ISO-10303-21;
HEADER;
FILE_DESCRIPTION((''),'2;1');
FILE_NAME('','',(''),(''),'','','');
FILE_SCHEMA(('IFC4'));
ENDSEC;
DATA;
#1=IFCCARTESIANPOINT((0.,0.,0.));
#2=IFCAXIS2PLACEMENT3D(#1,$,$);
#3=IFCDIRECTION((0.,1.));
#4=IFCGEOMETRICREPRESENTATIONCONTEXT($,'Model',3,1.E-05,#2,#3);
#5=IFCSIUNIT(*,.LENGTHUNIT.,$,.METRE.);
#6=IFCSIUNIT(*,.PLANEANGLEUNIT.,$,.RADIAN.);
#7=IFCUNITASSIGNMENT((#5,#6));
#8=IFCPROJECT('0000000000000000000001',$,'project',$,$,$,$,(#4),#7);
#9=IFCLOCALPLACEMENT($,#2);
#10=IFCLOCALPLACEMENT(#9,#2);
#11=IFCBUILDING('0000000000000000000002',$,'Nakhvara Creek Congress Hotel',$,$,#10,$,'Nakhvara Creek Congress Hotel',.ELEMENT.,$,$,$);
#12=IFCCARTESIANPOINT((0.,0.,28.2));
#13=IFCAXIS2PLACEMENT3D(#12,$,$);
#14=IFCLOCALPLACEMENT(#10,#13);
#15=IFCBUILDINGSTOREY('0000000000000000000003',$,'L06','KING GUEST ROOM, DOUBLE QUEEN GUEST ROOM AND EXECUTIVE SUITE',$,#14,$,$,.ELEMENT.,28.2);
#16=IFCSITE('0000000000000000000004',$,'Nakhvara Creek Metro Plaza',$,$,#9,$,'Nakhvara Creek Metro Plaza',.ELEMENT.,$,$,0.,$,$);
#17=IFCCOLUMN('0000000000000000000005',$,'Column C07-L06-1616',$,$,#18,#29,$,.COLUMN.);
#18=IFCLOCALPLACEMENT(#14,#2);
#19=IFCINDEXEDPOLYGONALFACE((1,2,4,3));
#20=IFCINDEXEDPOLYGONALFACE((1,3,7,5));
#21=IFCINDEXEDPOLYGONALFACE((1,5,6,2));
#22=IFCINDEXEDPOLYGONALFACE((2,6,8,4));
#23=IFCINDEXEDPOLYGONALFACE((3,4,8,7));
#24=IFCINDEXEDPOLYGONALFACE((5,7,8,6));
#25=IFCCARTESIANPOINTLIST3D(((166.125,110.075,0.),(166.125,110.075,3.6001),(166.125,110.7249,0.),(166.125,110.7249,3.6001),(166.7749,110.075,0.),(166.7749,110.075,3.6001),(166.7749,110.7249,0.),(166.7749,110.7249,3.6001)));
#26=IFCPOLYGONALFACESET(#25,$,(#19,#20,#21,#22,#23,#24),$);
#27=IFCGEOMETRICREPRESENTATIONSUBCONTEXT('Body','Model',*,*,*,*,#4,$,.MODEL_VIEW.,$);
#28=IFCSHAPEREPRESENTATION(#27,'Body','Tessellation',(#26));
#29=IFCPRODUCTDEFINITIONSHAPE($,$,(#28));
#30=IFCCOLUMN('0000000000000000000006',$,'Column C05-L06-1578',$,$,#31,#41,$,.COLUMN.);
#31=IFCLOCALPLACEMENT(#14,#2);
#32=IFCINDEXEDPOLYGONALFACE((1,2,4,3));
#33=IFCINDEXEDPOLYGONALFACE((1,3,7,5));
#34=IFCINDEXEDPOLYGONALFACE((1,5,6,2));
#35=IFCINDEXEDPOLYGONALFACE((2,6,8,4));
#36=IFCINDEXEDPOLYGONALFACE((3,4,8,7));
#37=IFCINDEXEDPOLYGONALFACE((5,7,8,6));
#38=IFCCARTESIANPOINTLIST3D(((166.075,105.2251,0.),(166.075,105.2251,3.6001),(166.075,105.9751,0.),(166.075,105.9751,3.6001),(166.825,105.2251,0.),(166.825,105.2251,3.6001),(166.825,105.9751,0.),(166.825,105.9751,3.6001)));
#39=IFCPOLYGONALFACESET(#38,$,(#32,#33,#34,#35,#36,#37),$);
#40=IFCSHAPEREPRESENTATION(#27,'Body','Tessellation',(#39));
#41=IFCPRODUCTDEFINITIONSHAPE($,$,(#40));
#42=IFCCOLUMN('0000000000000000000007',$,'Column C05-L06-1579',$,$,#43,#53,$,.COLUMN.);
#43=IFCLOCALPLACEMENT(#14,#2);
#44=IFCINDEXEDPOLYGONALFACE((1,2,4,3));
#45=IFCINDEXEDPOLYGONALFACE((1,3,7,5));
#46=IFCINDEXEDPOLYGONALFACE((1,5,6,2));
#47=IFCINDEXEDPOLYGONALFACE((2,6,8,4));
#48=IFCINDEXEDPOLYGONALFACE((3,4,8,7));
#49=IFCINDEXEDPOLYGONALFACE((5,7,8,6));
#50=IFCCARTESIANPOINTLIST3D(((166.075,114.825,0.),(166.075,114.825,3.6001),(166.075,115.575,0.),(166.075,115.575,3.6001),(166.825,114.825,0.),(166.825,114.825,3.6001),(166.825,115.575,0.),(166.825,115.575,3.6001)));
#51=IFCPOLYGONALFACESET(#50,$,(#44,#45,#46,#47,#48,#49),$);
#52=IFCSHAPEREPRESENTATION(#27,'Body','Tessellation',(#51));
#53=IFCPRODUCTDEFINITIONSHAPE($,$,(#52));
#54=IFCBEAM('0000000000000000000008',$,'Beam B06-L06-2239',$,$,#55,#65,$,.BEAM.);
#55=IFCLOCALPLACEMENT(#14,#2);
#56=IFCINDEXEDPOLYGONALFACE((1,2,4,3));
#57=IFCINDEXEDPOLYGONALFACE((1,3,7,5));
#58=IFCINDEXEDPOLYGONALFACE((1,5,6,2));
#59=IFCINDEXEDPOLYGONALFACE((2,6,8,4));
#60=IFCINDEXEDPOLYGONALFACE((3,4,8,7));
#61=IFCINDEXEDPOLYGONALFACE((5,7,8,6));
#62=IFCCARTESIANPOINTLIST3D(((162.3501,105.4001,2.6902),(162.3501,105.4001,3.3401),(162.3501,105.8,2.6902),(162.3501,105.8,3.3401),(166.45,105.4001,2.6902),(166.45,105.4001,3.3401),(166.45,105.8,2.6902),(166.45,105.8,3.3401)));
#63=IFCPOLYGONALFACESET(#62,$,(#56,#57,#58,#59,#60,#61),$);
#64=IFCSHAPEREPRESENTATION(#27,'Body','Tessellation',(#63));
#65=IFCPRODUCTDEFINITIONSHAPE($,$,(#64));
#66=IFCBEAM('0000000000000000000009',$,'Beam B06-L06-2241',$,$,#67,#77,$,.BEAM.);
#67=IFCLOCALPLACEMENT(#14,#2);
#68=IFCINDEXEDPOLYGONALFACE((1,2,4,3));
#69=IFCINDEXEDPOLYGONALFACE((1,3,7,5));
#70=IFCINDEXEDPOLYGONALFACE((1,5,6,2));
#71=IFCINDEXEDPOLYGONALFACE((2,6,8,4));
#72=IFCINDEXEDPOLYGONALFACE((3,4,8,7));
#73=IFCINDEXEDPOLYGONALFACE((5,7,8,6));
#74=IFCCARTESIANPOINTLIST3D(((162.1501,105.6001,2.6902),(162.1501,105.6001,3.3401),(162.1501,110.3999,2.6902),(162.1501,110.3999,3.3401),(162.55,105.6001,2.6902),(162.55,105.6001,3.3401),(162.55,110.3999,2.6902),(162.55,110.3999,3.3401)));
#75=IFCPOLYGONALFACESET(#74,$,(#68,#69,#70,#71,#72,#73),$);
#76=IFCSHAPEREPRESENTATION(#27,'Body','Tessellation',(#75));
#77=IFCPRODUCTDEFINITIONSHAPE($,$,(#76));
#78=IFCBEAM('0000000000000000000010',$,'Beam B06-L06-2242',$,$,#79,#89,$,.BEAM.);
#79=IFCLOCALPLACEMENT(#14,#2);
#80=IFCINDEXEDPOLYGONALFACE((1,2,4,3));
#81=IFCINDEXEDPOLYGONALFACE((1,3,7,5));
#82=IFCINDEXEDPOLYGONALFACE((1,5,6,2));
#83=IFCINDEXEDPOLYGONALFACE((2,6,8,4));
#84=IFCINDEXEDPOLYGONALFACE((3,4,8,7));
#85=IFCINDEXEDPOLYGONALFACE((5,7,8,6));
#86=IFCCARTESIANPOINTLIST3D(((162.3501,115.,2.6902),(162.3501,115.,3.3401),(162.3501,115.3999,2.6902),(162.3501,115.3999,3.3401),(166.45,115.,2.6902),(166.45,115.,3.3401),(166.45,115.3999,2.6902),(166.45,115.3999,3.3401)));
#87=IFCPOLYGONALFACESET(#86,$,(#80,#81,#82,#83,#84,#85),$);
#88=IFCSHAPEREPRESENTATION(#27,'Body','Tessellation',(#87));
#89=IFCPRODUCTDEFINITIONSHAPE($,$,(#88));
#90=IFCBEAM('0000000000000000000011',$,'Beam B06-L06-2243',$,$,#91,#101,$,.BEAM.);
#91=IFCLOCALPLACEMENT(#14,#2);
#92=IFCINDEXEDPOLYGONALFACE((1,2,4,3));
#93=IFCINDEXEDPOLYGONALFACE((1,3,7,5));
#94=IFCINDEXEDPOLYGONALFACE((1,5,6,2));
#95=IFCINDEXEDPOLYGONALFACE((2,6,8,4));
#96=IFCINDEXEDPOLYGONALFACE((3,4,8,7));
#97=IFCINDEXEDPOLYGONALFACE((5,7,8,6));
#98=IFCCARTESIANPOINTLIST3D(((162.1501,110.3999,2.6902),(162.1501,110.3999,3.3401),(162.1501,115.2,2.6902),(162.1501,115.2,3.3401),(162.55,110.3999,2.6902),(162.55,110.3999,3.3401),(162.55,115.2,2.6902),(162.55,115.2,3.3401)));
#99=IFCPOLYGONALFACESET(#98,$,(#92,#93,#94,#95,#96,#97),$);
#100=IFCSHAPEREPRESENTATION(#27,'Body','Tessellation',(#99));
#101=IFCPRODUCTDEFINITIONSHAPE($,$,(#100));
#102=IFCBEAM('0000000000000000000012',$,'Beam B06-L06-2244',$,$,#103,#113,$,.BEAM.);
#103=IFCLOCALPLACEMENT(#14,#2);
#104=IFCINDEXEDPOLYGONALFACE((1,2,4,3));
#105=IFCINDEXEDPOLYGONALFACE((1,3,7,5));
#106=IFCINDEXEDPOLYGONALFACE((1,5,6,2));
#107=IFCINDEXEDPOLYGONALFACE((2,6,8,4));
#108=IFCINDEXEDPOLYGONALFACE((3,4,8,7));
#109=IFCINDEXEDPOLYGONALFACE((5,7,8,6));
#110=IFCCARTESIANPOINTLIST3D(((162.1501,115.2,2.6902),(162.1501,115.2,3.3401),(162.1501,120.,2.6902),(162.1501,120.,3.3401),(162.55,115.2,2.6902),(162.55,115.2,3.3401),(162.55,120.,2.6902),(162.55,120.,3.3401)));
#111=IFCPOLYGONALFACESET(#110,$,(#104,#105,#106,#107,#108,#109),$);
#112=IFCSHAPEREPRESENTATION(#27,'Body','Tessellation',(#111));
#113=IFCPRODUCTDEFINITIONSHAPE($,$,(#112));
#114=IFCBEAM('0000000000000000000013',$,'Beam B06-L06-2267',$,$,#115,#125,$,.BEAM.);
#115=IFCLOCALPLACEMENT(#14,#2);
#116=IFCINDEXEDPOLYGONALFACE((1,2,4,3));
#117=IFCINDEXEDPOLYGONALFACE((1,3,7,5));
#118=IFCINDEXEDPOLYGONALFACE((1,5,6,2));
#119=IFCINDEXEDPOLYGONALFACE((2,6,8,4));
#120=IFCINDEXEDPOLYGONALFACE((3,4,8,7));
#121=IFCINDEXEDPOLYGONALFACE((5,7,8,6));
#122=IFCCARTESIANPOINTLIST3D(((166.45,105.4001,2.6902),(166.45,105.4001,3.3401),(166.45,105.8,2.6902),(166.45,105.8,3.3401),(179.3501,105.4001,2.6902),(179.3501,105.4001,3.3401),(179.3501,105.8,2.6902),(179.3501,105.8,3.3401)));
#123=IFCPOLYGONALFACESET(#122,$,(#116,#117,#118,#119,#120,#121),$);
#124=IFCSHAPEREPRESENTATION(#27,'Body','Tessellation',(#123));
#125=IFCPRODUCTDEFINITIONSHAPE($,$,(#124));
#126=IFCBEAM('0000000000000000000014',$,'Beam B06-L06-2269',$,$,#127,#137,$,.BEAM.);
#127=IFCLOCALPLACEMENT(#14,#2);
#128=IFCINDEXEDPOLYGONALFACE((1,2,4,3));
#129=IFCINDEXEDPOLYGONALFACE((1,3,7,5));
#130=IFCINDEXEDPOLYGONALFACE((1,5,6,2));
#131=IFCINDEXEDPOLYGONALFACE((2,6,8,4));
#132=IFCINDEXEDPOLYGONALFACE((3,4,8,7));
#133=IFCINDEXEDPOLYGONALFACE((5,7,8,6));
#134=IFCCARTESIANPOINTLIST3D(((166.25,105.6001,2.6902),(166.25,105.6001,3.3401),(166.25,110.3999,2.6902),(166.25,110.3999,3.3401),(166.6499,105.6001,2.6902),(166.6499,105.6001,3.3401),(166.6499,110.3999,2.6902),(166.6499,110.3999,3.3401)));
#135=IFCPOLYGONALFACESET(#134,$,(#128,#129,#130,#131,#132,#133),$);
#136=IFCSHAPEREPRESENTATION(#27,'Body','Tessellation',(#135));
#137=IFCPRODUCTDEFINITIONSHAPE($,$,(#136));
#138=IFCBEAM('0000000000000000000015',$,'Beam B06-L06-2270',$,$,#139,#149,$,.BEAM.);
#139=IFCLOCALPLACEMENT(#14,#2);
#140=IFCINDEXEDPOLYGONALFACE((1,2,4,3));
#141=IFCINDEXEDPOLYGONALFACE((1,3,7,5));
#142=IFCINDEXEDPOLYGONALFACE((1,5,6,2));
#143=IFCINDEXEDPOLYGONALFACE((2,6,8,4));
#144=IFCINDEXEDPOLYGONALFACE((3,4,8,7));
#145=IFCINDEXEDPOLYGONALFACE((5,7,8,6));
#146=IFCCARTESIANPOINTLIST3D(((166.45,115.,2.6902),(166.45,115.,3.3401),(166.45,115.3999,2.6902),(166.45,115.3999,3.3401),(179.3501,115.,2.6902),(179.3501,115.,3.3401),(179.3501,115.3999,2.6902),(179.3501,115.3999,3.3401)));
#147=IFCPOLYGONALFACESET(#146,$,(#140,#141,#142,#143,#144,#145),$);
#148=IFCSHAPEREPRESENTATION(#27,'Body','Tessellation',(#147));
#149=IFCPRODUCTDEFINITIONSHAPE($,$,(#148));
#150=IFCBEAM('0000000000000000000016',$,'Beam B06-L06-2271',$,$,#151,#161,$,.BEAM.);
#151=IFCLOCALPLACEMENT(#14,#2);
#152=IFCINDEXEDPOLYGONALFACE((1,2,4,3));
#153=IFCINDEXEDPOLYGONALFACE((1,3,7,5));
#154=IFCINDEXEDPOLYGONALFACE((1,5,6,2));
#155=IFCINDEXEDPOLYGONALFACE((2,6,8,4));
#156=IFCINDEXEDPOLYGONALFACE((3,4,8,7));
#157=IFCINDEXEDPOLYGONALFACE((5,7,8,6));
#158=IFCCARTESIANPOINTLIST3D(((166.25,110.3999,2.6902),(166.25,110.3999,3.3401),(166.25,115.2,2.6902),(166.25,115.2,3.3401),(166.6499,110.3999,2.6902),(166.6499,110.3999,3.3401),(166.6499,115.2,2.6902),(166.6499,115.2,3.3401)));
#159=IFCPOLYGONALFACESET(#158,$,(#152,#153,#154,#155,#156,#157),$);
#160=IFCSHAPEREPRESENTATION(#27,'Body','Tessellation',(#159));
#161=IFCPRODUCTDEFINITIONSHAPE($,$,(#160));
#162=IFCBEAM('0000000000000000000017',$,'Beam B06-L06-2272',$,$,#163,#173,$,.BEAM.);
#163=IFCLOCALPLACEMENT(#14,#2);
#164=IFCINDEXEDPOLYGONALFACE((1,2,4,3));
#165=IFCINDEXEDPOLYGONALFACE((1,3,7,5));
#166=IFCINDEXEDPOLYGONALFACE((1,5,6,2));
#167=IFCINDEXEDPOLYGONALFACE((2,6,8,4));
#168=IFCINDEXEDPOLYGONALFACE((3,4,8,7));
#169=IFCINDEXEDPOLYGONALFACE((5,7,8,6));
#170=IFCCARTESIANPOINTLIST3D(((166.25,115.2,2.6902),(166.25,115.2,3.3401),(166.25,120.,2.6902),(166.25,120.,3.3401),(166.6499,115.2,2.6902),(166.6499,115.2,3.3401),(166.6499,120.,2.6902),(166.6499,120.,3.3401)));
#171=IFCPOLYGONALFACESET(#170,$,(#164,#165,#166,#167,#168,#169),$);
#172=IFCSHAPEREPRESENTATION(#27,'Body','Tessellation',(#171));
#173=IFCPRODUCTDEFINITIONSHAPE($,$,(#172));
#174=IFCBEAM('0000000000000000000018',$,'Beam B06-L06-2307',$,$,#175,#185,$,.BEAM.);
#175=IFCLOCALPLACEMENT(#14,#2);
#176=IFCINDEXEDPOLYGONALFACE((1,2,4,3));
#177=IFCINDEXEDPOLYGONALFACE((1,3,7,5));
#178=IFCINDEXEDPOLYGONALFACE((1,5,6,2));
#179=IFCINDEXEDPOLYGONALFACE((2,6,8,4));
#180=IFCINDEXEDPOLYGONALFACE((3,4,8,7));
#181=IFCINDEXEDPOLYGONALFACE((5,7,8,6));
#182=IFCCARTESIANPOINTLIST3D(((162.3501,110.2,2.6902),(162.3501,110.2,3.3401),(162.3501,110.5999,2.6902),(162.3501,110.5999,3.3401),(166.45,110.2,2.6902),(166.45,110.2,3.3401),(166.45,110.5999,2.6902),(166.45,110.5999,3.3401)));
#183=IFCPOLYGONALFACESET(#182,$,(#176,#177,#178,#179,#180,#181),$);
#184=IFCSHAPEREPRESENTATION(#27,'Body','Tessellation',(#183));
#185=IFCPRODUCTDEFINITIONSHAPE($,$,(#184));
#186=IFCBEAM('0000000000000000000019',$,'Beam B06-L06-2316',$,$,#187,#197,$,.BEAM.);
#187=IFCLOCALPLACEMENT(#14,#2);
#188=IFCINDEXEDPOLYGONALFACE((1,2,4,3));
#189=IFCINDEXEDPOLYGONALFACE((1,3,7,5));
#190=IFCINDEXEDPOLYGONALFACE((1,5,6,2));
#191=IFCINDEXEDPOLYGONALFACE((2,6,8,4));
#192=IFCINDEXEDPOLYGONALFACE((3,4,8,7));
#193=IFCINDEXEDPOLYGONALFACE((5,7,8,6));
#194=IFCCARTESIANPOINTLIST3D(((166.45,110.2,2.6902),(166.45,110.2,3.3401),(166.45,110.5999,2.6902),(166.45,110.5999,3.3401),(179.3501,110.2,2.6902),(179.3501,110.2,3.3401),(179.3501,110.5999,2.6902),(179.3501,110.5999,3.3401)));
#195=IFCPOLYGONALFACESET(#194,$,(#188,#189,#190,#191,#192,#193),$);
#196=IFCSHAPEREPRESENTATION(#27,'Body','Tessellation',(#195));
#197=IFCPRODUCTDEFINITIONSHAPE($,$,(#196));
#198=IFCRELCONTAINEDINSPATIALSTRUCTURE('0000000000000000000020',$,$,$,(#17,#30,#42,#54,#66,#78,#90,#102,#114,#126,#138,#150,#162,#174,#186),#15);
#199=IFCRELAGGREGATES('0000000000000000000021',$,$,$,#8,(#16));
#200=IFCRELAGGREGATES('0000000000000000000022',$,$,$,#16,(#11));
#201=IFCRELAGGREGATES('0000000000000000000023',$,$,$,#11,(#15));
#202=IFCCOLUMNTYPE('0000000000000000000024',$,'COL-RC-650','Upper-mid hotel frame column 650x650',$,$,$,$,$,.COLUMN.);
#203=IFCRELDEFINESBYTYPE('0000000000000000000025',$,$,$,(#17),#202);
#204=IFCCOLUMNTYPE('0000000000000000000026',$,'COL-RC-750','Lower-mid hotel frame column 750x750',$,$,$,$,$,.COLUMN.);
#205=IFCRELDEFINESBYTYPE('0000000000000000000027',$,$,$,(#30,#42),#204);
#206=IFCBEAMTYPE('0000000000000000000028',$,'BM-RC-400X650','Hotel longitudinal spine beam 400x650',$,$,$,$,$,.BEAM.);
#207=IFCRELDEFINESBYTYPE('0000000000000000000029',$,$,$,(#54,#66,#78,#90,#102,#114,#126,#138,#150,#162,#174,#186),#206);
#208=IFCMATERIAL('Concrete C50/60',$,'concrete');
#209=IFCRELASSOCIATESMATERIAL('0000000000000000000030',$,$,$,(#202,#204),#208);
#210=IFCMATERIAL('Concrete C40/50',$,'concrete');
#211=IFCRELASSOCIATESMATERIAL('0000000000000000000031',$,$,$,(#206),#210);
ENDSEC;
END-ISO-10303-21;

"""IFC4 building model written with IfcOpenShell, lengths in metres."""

from ifc_helpers import new_model, si_unit, direction, frame, origin, origin_2d, place, context, subcontext, project, spatial, rectangle, extrude, material, material_profile, profile_set, type_object, element, save


model = new_model("IFC4")

# Units and contexts
model_context = context("Model", 3, precision=1e-05, world=origin(), true_north=direction((0.0, 1.0)))
body_context = subcontext(model_context, "Body", "Model", "MODEL_VIEW")
ifc_project = project(units=[si_unit("LENGTHUNIT", "METRE"), si_unit("PLANEANGLEUNIT", "RADIAN")], contexts=[model_context])

# Site, building, storey
site_placement = place(None, origin())
site = spatial("IfcSite", under=ifc_project, at=site_placement, Name="Nakhvara Creek Metro Plaza", LongName="Nakhvara Creek Metro Plaza", CompositionType="ELEMENT", RefElevation=0.0)
building_placement = place(site_placement, origin())
building = spatial("IfcBuilding", under=site, at=building_placement, Name="Nakhvara Creek Congress Hotel", LongName="Nakhvara Creek Congress Hotel", CompositionType="ELEMENT")
storey_placement = place(building_placement, frame((0.0, 0.0, 28.2)))
storey = spatial("IfcBuildingStorey", under=building, at=storey_placement, Name="L06", Description="KING GUEST ROOM, DOUBLE QUEEN GUEST ROOM AND EXECUTIVE SUITE", CompositionType="ELEMENT", Elevation=28.2)

# Columns
ifc_material_1 = material(Name="Concrete C50/60", Category="concrete")
ifc_material_profile_1 = material_profile(ifc_material_1, rectangle(XDim=0.6499, YDim=0.6499, at=origin_2d()), Name="RC-COL 650x650", Category="LoadBearing")
ifc_profile_set_1 = profile_set([ifc_material_profile_1], Name="Concrete C50/60")
column_type_1 = type_object("IfcColumnType", Name="COL-RC-650", Description="Upper-mid hotel frame column 650x650", PredefinedType="COLUMN", material=ifc_profile_set_1)
column_placement = place(storey_placement, frame((166.45, 110.3999, 0.0), z_axis=(0.0, 0.0, 1.0), x_axis=(1.0, 0.0, 0.0)))
element("IfcColumn", 1, at=column_placement, inside=storey, type_object=column_type_1, Name="Column C07-L06-1616", PredefinedType="COLUMN", context=body_context, shape_type="SweptSolid", body=[
    extrude(rectangle(XDim=0.6499, YDim=0.6499, at=origin_2d()), origin(), (0.0, 0.0, 1.0), 3.6001),
])
ifc_material_profile_2 = material_profile(ifc_material_1, rectangle(XDim=0.75, YDim=0.75, at=origin_2d()), Name="RC-COL 750x750", Category="LoadBearing")
ifc_profile_set_2 = profile_set([ifc_material_profile_2], Name="Concrete C50/60")
column_type_2 = type_object("IfcColumnType", Name="COL-RC-750", Description="Lower-mid hotel frame column 750x750", PredefinedType="COLUMN", material=ifc_profile_set_2)
for number, where, z_axis, x_axis, name in (
    (2, (166.45, 105.6001, 0.0), (0.0, 0.0, 1.0), (1.0, 0.0, 0.0), "Column C05-L06-1578"),
    (3, (166.45, 115.2, 0.0), (0.0, 0.0, 1.0), (1.0, 0.0, 0.0), "Column C05-L06-1579"),
):
    element("IfcColumn", number, at=place(storey_placement, frame(where, z_axis=z_axis, x_axis=x_axis)), inside=storey, type_object=column_type_2, Name=name, PredefinedType="COLUMN", context=body_context, shape_type="SweptSolid", body=[
        extrude(rectangle(XDim=0.75, YDim=0.75, at=origin_2d()), origin(), (0.0, 0.0, 1.0), 3.6001),
    ])

# Beams
ifc_material_2 = material(Name="Concrete C40/50", Category="concrete")
ifc_material_profile_3 = material_profile(ifc_material_2, rectangle(XDim=0.3999, YDim=0.6499, at=origin_2d()), Name="RC-BM 400x650", Category="LoadBearing")
ifc_profile_set_3 = profile_set([ifc_material_profile_3], Name="Concrete C40/50")
beam_type = type_object("IfcBeamType", Name="BM-RC-400X650", Description="Hotel longitudinal spine beam 400x650", PredefinedType="BEAM", material=ifc_profile_set_3)
beam_1_placement = place(storey_placement, frame((162.3501, 105.6001, 3.0151), z_axis=(1.0, 0.0, 0.0), x_axis=(0.0, 1.0, 0.0)))
element("IfcBeam", 4, at=beam_1_placement, inside=storey, type_object=beam_type, Name="Beam B06-L06-2239", PredefinedType="BEAM", context=body_context, shape_type="SweptSolid", body=[
    extrude(rectangle(XDim=0.3999, YDim=0.6499, at=origin_2d()), origin(), (0.0, 0.0, 1.0), 4.0999),
])
beam_2_placement = place(storey_placement, frame((162.3501, 105.6001, 3.0151), z_axis=(0.0, 1.0, 0.0), x_axis=(-1.0, 0.0, 0.0)))
element("IfcBeam", 5, at=beam_2_placement, inside=storey, type_object=beam_type, Name="Beam B06-L06-2241", PredefinedType="BEAM", context=body_context, shape_type="SweptSolid", body=[
    extrude(rectangle(XDim=0.3999, YDim=0.6499, at=origin_2d()), origin(), (0.0, 0.0, 1.0), 4.7998),
])
beam_3_placement = place(storey_placement, frame((162.3501, 115.2, 3.0151), z_axis=(1.0, 0.0, 0.0), x_axis=(0.0, 1.0, 0.0)))
element("IfcBeam", 6, at=beam_3_placement, inside=storey, type_object=beam_type, Name="Beam B06-L06-2242", PredefinedType="BEAM", context=body_context, shape_type="SweptSolid", body=[
    extrude(rectangle(XDim=0.3999, YDim=0.6499, at=origin_2d()), origin(), (0.0, 0.0, 1.0), 4.0999),
])
for number, where, z_axis, x_axis, name in (
    (7, (162.3501, 110.3999, 3.0151), (0.0, 1.0, 0.0), (-1.0, 0.0, 0.0), "Beam B06-L06-2243"),
    (8, (162.3501, 115.2, 3.0151), (0.0, 1.0, 0.0), (-1.0, 0.0, 0.0), "Beam B06-L06-2244"),
):
    element("IfcBeam", number, at=place(storey_placement, frame(where, z_axis=z_axis, x_axis=x_axis)), inside=storey, type_object=beam_type, Name=name, PredefinedType="BEAM", context=body_context, shape_type="SweptSolid", body=[
        extrude(rectangle(XDim=0.3999, YDim=0.6499, at=origin_2d()), origin(), (0.0, 0.0, 1.0), 4.8),
    ])
beam_4_placement = place(storey_placement, frame((166.45, 105.6001, 3.0151), z_axis=(1.0, 0.0, 0.0), x_axis=(0.0, 1.0, 0.0)))
element("IfcBeam", 9, at=beam_4_placement, inside=storey, type_object=beam_type, Name="Beam B06-L06-2267", PredefinedType="BEAM", context=body_context, shape_type="SweptSolid", body=[
    extrude(rectangle(XDim=0.3999, YDim=0.6499, at=origin_2d()), origin(), (0.0, 0.0, 1.0), 12.9001),
])
beam_5_placement = place(storey_placement, frame((166.45, 105.6001, 3.0151), z_axis=(0.0, 1.0, 0.0), x_axis=(-1.0, 0.0, 0.0)))
element("IfcBeam", 10, at=beam_5_placement, inside=storey, type_object=beam_type, Name="Beam B06-L06-2269", PredefinedType="BEAM", context=body_context, shape_type="SweptSolid", body=[
    extrude(rectangle(XDim=0.3999, YDim=0.6499, at=origin_2d()), origin(), (0.0, 0.0, 1.0), 4.7998),
])
beam_6_placement = place(storey_placement, frame((166.45, 115.2, 3.0151), z_axis=(1.0, 0.0, 0.0), x_axis=(0.0, 1.0, 0.0)))
element("IfcBeam", 11, at=beam_6_placement, inside=storey, type_object=beam_type, Name="Beam B06-L06-2270", PredefinedType="BEAM", context=body_context, shape_type="SweptSolid", body=[
    extrude(rectangle(XDim=0.3999, YDim=0.6499, at=origin_2d()), origin(), (0.0, 0.0, 1.0), 12.9001),
])
for number, where, z_axis, x_axis, name in (
    (12, (166.45, 110.3999, 3.0151), (0.0, 1.0, 0.0), (-1.0, 0.0, 0.0), "Beam B06-L06-2271"),
    (13, (166.45, 115.2, 3.0151), (0.0, 1.0, 0.0), (-1.0, 0.0, 0.0), "Beam B06-L06-2272"),
):
    element("IfcBeam", number, at=place(storey_placement, frame(where, z_axis=z_axis, x_axis=x_axis)), inside=storey, type_object=beam_type, Name=name, PredefinedType="BEAM", context=body_context, shape_type="SweptSolid", body=[
        extrude(rectangle(XDim=0.3999, YDim=0.6499, at=origin_2d()), origin(), (0.0, 0.0, 1.0), 4.8),
    ])
beam_7_placement = place(storey_placement, frame((162.3501, 110.3999, 3.0151), z_axis=(1.0, 0.0, 0.0), x_axis=(0.0, 1.0, 0.0)))
element("IfcBeam", 14, at=beam_7_placement, inside=storey, type_object=beam_type, Name="Beam B06-L06-2307", PredefinedType="BEAM", context=body_context, shape_type="SweptSolid", body=[
    extrude(rectangle(XDim=0.3999, YDim=0.6499, at=origin_2d()), origin(), (0.0, 0.0, 1.0), 4.0999),
])
beam_8_placement = place(storey_placement, frame((166.45, 110.3999, 3.0151), z_axis=(1.0, 0.0, 0.0), x_axis=(0.0, 1.0, 0.0)))
element("IfcBeam", 15, at=beam_8_placement, inside=storey, type_object=beam_type, Name="Beam B06-L06-2316", PredefinedType="BEAM", context=body_context, shape_type="SweptSolid", body=[
    extrude(rectangle(XDim=0.3999, YDim=0.6499, at=origin_2d()), origin(), (0.0, 0.0, 1.0), 12.9001),
])

save(model, "model.ifc")
